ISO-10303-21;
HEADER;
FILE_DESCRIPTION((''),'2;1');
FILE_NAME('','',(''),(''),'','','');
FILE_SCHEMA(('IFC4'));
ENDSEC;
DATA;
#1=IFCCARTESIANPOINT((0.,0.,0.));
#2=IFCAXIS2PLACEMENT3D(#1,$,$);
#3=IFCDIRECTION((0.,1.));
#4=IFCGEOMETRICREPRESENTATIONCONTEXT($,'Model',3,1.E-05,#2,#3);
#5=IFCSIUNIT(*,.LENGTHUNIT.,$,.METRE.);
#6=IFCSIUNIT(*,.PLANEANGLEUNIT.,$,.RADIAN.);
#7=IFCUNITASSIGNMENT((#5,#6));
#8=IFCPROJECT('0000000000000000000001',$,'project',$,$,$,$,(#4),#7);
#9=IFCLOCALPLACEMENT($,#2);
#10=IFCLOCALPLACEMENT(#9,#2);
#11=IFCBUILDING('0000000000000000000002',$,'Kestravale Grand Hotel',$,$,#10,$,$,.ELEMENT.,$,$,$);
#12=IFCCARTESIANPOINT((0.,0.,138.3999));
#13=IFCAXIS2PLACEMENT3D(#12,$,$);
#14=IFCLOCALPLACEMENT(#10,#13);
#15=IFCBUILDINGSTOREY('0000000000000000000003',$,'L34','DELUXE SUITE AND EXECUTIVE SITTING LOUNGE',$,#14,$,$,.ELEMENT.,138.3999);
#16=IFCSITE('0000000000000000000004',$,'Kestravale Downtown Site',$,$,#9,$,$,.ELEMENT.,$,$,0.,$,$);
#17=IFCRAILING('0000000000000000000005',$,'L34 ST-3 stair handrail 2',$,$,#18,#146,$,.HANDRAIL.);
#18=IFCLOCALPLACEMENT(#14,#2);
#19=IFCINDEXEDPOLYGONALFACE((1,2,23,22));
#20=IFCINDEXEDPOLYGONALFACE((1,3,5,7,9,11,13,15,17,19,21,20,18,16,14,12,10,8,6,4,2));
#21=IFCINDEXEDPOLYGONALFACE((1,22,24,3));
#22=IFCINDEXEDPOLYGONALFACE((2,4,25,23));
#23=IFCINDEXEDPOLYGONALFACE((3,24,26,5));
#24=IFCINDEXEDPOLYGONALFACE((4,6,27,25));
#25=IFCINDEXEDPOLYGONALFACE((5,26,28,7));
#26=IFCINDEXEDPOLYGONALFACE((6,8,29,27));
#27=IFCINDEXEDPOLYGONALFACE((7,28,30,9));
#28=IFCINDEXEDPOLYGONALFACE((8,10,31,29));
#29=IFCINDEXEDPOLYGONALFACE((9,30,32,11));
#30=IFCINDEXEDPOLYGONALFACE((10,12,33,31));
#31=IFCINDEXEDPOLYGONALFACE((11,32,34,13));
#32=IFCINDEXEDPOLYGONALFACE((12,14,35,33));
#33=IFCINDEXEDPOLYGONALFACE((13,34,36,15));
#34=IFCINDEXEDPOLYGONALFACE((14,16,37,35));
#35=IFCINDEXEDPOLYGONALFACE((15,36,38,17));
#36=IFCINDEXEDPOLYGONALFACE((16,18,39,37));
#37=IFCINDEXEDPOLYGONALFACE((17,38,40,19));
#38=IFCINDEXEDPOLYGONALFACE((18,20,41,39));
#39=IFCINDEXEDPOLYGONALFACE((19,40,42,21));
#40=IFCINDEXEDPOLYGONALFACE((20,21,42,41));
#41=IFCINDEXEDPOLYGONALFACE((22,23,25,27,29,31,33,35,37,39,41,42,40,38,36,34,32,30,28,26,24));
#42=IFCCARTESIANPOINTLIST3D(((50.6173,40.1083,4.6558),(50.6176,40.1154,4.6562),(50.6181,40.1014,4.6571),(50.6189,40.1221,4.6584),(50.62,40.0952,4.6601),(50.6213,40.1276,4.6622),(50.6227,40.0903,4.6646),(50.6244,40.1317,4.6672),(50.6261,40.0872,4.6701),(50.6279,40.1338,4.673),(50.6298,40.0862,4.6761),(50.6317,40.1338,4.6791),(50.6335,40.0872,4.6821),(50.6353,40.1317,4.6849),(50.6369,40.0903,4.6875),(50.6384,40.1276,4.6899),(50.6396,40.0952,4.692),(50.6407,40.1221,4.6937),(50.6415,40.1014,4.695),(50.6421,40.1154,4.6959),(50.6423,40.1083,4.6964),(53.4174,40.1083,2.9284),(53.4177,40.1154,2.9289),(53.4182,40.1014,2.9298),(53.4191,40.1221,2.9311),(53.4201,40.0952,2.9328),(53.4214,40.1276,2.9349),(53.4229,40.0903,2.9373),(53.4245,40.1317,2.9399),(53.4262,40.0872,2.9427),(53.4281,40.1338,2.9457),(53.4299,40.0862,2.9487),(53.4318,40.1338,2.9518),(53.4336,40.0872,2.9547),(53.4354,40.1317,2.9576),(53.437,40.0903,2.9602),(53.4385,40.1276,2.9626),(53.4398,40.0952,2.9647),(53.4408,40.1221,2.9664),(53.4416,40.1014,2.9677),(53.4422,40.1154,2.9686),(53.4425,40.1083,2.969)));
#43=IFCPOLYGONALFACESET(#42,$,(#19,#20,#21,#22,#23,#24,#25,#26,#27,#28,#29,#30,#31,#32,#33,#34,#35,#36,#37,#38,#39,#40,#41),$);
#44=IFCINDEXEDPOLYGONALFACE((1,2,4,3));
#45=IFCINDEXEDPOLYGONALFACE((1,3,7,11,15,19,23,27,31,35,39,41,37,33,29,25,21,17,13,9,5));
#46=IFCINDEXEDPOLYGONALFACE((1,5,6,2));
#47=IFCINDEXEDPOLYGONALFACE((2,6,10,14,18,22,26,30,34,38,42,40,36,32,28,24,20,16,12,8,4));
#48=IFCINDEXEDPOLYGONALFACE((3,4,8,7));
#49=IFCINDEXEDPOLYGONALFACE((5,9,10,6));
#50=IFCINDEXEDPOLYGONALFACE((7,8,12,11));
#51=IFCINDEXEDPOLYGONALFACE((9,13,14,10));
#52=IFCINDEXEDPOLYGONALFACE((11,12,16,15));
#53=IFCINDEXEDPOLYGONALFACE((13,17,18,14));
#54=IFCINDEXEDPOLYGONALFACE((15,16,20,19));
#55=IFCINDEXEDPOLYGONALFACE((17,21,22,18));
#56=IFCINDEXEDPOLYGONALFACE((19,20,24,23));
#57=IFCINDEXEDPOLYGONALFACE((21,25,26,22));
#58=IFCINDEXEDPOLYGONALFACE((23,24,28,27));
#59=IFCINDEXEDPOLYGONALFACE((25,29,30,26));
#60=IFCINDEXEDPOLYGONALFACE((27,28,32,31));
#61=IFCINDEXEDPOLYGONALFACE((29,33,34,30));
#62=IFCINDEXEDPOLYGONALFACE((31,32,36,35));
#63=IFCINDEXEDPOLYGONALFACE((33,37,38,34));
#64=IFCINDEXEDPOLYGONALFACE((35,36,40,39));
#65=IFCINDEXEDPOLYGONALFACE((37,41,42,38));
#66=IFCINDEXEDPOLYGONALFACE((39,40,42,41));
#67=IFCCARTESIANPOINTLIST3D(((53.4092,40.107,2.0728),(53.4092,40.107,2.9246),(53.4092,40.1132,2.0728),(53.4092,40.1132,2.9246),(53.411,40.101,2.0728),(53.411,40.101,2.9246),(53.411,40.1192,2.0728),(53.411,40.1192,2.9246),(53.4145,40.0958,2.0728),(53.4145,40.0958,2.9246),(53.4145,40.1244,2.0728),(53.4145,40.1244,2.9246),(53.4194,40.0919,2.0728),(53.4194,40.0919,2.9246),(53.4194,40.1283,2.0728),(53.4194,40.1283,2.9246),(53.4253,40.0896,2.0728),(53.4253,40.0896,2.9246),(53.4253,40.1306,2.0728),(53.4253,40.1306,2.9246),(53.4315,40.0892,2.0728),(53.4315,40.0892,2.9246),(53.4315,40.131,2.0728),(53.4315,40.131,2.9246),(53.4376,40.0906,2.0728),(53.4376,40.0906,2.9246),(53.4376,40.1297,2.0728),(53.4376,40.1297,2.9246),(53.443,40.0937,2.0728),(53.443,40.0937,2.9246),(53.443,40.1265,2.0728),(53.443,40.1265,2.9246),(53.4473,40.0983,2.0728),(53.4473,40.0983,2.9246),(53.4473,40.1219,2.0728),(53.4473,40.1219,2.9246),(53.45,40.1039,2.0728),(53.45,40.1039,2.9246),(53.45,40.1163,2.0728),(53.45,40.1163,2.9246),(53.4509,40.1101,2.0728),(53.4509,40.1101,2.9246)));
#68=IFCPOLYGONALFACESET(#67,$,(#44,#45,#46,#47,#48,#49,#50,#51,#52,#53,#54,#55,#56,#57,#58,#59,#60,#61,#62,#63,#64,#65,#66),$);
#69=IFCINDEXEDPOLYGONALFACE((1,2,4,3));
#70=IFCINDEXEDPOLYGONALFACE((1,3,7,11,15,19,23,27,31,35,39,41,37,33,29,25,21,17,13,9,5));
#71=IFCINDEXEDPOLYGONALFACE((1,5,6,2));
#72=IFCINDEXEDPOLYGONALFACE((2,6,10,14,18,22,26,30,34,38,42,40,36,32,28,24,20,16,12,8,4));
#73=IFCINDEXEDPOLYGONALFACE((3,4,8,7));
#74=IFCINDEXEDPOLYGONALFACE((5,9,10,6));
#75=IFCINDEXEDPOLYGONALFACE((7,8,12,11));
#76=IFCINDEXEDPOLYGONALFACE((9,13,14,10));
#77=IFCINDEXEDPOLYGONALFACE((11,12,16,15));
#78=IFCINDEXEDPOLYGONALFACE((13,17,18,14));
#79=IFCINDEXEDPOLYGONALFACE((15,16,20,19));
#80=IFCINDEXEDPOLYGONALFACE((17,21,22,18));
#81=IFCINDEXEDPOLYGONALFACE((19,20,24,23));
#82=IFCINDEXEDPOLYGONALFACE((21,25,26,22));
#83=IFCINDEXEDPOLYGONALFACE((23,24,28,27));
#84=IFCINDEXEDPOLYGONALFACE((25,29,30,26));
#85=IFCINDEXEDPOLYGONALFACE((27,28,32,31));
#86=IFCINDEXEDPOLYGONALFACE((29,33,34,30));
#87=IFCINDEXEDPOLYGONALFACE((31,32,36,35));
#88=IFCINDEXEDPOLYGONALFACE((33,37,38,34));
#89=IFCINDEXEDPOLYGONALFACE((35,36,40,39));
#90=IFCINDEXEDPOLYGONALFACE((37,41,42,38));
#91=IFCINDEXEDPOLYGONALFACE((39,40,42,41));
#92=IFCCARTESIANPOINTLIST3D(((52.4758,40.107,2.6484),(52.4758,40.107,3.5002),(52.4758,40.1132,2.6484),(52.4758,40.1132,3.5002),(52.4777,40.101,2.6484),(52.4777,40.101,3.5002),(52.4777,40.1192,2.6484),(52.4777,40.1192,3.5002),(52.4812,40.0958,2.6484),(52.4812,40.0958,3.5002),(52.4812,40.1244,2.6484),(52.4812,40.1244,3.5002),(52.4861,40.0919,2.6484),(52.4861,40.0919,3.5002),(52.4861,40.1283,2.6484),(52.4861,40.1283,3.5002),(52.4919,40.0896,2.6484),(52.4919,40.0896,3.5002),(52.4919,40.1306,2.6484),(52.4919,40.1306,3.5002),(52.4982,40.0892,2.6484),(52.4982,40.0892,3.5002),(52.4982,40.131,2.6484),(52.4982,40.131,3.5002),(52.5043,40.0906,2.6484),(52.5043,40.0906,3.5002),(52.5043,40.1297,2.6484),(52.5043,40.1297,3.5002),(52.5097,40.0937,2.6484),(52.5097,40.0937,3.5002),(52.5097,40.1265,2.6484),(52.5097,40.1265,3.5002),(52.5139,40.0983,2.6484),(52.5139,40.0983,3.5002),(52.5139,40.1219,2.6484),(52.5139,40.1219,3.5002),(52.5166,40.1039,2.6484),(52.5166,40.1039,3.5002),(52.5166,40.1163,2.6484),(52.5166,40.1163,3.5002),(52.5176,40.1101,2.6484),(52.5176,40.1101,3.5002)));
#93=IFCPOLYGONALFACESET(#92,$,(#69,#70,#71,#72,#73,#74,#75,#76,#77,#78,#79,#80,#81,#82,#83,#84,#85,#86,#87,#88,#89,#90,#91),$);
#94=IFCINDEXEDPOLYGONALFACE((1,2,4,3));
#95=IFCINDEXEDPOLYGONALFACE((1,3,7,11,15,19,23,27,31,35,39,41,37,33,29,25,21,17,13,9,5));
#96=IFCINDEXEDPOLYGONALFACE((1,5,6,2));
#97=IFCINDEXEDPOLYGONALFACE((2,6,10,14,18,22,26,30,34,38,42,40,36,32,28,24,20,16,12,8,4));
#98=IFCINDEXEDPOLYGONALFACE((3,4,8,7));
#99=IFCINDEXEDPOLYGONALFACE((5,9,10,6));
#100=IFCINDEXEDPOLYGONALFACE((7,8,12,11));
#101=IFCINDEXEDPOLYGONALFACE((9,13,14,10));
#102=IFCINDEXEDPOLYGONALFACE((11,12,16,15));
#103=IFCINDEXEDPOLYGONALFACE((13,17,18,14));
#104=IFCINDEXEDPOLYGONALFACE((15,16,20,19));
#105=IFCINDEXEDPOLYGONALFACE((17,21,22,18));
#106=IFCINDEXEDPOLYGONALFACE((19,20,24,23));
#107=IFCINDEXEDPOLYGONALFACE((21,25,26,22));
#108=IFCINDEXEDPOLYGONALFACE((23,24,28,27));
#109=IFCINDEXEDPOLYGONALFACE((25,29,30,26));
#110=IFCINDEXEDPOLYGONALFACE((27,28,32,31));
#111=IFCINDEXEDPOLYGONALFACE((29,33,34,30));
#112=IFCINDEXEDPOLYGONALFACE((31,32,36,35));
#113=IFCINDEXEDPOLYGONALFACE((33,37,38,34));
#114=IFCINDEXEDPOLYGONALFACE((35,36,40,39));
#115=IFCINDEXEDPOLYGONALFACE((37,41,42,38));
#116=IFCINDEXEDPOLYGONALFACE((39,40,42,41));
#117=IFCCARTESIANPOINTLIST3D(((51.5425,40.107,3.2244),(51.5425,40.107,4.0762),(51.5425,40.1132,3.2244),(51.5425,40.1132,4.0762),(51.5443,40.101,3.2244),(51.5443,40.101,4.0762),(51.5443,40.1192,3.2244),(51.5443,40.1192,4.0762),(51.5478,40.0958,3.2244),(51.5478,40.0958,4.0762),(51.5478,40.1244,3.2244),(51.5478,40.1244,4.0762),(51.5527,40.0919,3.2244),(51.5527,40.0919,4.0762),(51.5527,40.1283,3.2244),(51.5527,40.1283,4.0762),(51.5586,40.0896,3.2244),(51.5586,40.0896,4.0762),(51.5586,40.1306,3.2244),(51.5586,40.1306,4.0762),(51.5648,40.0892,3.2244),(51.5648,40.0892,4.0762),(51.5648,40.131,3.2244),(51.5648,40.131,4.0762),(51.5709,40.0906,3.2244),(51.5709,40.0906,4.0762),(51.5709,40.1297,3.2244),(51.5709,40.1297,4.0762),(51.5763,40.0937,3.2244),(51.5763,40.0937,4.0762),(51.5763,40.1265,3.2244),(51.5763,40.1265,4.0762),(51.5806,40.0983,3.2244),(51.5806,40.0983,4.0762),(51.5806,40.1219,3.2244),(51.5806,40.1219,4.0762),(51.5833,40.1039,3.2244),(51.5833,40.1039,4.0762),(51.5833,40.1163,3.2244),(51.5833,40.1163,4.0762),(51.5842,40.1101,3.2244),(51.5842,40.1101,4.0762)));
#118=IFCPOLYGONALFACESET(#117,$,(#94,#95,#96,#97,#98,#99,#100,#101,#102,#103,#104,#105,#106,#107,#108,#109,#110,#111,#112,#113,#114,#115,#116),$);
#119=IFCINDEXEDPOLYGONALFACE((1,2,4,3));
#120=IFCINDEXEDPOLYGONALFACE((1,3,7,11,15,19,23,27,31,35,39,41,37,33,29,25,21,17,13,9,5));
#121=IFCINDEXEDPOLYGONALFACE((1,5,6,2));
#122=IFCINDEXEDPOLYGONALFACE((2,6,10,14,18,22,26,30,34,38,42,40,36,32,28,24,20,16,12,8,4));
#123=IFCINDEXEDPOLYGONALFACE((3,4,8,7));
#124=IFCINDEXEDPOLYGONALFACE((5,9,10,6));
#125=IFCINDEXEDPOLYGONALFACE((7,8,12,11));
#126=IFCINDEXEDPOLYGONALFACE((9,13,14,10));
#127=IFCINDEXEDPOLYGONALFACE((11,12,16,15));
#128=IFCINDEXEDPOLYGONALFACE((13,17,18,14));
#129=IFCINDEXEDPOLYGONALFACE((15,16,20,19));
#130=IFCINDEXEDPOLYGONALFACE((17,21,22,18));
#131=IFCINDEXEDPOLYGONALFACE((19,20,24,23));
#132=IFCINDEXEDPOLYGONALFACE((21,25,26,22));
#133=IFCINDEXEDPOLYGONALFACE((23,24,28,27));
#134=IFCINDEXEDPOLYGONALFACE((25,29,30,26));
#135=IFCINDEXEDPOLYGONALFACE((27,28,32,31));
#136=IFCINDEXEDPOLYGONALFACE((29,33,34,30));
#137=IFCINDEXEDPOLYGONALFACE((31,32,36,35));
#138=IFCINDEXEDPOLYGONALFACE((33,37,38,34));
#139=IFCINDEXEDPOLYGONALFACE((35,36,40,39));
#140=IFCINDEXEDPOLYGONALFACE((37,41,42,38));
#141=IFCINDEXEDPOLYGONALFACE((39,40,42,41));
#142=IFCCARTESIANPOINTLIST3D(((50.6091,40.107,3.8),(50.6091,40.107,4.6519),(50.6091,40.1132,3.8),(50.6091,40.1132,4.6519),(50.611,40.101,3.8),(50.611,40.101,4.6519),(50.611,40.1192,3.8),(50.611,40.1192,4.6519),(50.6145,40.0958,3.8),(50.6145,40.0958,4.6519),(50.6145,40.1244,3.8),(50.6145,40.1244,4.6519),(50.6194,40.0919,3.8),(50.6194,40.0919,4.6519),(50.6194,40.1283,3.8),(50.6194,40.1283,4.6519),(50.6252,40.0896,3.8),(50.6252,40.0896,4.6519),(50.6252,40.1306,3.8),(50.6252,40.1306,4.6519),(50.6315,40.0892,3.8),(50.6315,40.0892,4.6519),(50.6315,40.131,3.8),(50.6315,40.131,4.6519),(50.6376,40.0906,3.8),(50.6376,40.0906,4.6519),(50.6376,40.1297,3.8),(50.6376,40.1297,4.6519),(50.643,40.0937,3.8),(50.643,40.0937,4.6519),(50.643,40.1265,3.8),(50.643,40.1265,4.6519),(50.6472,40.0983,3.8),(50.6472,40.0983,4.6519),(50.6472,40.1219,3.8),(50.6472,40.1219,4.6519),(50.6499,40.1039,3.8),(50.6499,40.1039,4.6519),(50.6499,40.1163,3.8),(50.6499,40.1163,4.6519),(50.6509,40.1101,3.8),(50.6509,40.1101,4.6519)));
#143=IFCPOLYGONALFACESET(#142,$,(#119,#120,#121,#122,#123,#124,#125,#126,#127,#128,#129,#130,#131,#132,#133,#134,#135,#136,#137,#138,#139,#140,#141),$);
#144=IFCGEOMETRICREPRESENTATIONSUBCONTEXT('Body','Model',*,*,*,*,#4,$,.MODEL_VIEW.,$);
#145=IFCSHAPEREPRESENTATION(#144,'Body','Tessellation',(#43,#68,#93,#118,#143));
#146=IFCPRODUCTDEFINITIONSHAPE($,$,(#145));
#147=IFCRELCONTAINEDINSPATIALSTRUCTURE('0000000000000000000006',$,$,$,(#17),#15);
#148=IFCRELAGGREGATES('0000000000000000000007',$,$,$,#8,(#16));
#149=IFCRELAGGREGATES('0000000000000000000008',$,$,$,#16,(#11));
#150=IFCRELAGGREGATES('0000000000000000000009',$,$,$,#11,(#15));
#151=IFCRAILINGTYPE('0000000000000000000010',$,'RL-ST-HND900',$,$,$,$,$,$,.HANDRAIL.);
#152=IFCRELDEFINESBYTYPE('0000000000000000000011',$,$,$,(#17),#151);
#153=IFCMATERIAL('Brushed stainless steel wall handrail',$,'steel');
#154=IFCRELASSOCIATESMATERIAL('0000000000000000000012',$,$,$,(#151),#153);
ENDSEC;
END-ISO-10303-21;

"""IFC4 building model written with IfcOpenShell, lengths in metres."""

from ifc_helpers import new_model, si_unit, direction, frame, origin, origin_2d, place, context, subcontext, project, spatial, circle, extrude, material, type_object, element, save


model = new_model("IFC4")

# Units and contexts
model_context = context("Model", 3, precision=1e-05, world=origin(), true_north=direction((0.0, 1.0)))
body_context = subcontext(model_context, "Body", "Model", "MODEL_VIEW")
ifc_project = project(units=[si_unit("LENGTHUNIT", "METRE"), si_unit("PLANEANGLEUNIT", "RADIAN")], contexts=[model_context])

# Site, building, storey
site_placement = place(None, origin())
site = spatial("IfcSite", under=ifc_project, at=site_placement, Name="Kestravale Downtown Site", CompositionType="ELEMENT", RefElevation=0.0)
building_placement = place(site_placement, origin())
building = spatial("IfcBuilding", under=site, at=building_placement, Name="Kestravale Grand Hotel", CompositionType="ELEMENT")
storey_placement = place(building_placement, frame((0.0, 0.0, 138.3999)))
storey = spatial("IfcBuildingStorey", under=building, at=storey_placement, Name="L34", Description="DELUXE SUITE AND EXECUTIVE SITTING LOUNGE", CompositionType="ELEMENT", Elevation=138.3999)

# Railing
ifc_material_1 = material(Name="Brushed stainless steel wall handrail", Category="steel")
railing_type_1 = type_object("IfcRailingType", Name="RL-ST-HND900", PredefinedType="HANDRAIL", material=ifc_material_1)
railing_1_placement = place(storey_placement, frame((53.4299, 40.1101, 2.0728)))
element("IfcRailing", 1, at=railing_1_placement, inside=storey, type_object=railing_type_1, Name="L34 ST-3 stair handrail 2", PredefinedType="HANDRAIL", context=body_context, shape_type="SweptSolid", body=[
    extrude(circle(Radius=0.0239, at=origin_2d()), frame((0.0, 0.0, 0.876), z_axis=(-0.85109, 0.0, 0.52502), x_axis=(0.0, -1.0, 0.0)), (0.0, 0.0, 1.0), 3.29),
    extrude(circle(Radius=0.021, at=origin_2d()), origin(), (0.0, 0.0, 1.0), 0.8518),
    extrude(circle(Radius=0.021, at=origin_2d()), frame((-0.9333, 0.0, 0.5757)), (0.0, 0.0, 1.0), 0.8518),
    extrude(circle(Radius=0.021, at=origin_2d()), frame((-1.8667, 0.0, 1.1516)), (0.0, 0.0, 1.0), 0.8518),
    extrude(circle(Radius=0.021, at=origin_2d()), frame((-2.8, 0.0, 1.7273)), (0.0, 0.0, 1.0), 0.8518),
])

save(model, "model.ifc")
